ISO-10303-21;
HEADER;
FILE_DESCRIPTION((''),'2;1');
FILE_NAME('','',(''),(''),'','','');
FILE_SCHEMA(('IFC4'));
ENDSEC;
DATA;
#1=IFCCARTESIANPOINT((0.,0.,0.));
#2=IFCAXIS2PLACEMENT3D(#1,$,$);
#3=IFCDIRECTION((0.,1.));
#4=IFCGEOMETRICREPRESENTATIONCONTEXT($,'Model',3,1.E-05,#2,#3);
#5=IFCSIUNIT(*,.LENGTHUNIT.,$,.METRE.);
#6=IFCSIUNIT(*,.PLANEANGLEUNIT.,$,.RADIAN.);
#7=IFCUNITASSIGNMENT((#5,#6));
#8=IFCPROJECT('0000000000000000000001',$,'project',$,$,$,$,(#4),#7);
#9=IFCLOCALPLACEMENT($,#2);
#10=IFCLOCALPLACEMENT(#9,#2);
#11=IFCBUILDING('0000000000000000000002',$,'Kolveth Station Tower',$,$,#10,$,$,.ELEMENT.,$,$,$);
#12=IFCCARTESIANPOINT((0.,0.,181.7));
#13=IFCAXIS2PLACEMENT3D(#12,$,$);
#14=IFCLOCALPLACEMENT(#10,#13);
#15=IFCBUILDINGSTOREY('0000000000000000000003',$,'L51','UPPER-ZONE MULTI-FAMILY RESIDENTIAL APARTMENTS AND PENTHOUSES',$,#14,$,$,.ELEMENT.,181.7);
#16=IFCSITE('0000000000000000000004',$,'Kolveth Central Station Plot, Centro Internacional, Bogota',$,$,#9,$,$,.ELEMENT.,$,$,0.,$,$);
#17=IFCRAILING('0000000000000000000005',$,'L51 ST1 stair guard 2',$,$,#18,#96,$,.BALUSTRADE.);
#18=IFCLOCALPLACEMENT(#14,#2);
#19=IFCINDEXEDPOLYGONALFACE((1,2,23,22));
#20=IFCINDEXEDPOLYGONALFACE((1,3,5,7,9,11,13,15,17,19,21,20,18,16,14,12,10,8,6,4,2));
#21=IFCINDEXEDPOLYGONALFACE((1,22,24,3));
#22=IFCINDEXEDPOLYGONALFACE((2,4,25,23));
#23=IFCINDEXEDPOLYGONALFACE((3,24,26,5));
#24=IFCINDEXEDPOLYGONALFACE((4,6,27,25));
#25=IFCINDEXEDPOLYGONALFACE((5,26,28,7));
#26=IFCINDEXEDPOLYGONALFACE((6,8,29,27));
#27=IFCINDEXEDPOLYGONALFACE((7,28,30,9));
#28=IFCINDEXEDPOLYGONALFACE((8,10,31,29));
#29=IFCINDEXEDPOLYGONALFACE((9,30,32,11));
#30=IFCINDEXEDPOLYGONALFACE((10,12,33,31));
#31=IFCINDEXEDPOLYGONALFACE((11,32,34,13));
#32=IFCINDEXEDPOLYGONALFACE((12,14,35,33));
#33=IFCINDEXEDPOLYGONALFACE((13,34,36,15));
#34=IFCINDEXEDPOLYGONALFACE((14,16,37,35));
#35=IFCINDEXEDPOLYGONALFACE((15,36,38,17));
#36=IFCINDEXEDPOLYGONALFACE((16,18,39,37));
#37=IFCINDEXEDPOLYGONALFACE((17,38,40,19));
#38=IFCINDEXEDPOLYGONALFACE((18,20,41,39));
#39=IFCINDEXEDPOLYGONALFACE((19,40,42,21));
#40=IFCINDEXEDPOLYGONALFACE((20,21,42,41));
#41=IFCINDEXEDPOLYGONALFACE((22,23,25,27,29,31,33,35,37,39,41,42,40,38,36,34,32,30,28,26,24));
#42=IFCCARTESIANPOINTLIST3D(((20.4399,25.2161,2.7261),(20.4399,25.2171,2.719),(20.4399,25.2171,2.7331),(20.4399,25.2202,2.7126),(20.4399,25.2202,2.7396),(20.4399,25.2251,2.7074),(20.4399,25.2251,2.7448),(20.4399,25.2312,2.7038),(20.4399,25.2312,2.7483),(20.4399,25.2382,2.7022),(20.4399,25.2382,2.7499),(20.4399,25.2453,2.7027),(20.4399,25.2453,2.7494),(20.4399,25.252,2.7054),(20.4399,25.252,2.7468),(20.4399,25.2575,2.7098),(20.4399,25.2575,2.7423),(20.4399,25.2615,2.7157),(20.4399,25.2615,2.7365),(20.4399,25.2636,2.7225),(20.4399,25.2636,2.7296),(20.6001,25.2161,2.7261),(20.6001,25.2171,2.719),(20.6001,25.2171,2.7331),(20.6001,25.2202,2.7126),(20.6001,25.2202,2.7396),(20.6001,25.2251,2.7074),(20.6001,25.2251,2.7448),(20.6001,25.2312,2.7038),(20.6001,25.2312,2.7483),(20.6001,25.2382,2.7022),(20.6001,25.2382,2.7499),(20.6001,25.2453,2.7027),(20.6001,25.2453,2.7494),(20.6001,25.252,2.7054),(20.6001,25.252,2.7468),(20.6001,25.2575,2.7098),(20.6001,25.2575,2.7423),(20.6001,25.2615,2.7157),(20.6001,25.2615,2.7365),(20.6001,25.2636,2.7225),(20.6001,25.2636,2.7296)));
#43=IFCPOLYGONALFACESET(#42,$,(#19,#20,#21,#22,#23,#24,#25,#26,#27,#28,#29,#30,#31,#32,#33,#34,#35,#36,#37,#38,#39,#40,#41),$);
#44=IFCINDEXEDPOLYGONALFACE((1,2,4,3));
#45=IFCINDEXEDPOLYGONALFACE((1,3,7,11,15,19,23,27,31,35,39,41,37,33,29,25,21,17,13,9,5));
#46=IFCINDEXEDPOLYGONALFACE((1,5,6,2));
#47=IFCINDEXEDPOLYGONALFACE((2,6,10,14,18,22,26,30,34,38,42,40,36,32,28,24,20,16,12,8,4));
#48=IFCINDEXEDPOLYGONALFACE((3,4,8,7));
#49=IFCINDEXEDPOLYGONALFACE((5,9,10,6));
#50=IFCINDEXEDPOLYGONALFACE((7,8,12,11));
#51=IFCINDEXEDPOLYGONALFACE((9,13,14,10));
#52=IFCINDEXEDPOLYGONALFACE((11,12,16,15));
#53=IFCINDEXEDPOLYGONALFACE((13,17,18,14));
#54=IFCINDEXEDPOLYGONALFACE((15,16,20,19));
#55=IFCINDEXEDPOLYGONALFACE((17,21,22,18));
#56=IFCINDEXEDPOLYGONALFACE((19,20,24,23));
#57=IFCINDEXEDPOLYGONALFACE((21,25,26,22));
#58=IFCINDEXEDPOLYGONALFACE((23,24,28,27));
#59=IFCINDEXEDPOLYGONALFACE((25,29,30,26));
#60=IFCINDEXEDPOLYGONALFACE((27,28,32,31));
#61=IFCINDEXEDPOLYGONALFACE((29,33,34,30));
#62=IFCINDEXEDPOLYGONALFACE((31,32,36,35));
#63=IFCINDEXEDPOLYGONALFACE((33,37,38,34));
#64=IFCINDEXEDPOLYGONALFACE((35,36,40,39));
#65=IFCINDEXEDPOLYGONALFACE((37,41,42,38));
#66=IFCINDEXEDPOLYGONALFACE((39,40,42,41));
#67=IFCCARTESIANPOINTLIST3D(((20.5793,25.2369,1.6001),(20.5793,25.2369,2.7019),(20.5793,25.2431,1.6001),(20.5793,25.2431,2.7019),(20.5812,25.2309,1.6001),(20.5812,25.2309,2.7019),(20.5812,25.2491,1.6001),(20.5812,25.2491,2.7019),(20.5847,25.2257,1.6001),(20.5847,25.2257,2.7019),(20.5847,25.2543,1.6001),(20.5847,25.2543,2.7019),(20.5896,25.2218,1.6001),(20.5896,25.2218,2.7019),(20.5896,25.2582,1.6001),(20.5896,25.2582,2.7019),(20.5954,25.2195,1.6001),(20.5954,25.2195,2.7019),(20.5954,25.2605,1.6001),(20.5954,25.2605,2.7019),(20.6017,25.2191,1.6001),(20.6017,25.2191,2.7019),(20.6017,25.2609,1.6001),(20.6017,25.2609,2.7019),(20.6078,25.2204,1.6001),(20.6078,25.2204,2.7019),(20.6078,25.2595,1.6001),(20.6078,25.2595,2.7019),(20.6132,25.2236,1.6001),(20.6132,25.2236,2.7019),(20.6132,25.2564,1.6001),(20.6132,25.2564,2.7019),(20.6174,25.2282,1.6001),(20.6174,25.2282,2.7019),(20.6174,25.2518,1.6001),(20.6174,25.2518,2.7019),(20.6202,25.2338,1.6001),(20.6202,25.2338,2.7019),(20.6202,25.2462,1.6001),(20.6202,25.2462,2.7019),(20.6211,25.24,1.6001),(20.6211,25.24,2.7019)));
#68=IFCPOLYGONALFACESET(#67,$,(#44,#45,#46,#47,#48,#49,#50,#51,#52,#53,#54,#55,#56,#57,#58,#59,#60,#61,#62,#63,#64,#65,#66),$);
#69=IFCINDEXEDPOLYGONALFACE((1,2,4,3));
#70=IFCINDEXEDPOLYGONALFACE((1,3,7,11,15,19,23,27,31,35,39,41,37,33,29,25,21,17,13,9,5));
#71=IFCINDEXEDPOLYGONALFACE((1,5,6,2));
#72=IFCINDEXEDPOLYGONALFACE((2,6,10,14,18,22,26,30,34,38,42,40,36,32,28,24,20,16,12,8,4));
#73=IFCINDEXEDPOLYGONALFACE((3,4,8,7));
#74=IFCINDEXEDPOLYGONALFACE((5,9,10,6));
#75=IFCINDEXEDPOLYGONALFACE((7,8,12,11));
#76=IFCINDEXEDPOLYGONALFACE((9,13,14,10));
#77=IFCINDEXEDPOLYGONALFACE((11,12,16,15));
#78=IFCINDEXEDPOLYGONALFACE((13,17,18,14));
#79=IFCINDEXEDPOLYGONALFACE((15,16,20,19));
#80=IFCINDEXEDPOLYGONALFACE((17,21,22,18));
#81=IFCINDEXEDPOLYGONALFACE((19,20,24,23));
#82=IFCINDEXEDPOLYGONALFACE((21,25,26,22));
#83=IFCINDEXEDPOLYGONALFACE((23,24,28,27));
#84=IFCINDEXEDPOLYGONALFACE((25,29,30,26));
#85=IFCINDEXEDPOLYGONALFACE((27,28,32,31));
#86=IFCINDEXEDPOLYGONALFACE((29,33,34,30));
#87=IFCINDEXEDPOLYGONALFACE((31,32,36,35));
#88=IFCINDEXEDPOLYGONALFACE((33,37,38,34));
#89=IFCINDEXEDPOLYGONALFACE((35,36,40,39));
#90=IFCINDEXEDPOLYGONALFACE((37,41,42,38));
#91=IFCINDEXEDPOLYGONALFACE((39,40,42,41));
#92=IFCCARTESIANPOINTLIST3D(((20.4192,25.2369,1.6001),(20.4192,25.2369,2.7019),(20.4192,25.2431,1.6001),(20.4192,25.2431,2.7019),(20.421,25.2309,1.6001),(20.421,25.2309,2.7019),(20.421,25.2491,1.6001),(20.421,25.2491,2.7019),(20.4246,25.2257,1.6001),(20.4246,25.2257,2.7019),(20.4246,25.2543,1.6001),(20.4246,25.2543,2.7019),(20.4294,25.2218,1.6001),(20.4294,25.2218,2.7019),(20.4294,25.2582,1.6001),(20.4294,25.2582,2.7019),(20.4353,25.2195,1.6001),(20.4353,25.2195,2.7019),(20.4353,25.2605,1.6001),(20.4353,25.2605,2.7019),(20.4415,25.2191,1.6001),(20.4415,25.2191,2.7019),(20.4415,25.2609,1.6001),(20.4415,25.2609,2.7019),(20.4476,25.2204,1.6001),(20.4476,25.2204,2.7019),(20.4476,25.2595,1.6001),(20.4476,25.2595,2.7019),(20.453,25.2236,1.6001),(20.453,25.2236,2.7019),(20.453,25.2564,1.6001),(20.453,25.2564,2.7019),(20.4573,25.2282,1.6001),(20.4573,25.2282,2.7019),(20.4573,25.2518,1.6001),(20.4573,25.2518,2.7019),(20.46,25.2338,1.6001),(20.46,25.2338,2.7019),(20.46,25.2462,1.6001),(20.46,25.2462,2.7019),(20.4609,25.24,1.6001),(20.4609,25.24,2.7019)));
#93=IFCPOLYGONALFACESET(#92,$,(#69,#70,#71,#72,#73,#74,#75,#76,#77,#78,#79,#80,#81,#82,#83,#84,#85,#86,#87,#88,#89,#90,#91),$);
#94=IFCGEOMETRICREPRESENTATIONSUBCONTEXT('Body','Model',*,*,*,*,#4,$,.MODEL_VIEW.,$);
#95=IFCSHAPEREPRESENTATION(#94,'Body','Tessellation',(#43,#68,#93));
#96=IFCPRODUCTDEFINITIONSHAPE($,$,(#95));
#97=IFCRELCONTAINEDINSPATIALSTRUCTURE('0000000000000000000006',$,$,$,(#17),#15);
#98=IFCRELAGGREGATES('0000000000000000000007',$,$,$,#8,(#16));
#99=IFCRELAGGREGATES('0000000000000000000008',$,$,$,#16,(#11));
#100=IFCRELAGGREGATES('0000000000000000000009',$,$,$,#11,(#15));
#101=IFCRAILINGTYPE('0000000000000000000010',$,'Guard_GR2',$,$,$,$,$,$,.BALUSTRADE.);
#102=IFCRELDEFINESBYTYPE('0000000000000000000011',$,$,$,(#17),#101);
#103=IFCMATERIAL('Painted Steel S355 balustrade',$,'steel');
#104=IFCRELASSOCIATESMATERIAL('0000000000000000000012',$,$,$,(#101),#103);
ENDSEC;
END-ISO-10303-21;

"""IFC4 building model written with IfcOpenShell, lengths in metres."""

from ifc_helpers import new_model, si_unit, direction, frame, origin, origin_2d, place, context, subcontext, project, spatial, circle, extrude, material, type_object, element, save


model = new_model("IFC4")

# Units and contexts
model_context = context("Model", 3, precision=1e-05, world=origin(), true_north=direction((0.0, 1.0)))
body_context = subcontext(model_context, "Body", "Model", "MODEL_VIEW")
ifc_project = project(units=[si_unit("LENGTHUNIT", "METRE"), si_unit("PLANEANGLEUNIT", "RADIAN")], contexts=[model_context])

# Site, building, storey
site_placement = place(None, origin())
site = spatial("IfcSite", under=ifc_project, at=site_placement, Name="Kolveth Central Station Plot, Centro Internacional, Bogota", CompositionType="ELEMENT", RefElevation=0.0)
building_placement = place(site_placement, origin())
building = spatial("IfcBuilding", under=site, at=building_placement, Name="Kolveth Station Tower", CompositionType="ELEMENT")
storey_placement = place(building_placement, frame((0.0, 0.0, 181.7)))
storey = spatial("IfcBuildingStorey", under=building, at=storey_placement, Name="L51", Description="UPPER-ZONE MULTI-FAMILY RESIDENTIAL APARTMENTS AND PENTHOUSES", CompositionType="ELEMENT", Elevation=181.7)

# Railing
ifc_material_1 = material(Name="Painted Steel S355 balustrade", Category="steel")
railing_type_1 = type_object("IfcRailingType", Name="Guard_GR2", PredefinedType="BALUSTRADE", material=ifc_material_1)
railing_1_placement = place(storey_placement, frame((20.6001, 25.24, 1.6001)))
element("IfcRailing", 1, at=railing_1_placement, inside=storey, type_object=railing_type_1, Name="L51 ST1 stair guard 2", PredefinedType="BALUSTRADE", context=body_context, shape_type="SweptSolid", body=[
    extrude(circle(Radius=0.0239, at=origin_2d()), frame((0.0, 0.0, 1.126), z_axis=(-1.0, 0.0, 0.0), x_axis=(0.0, -1.0, 0.0)), (0.0, 0.0, 1.0), 0.1602),
    extrude(circle(Radius=0.021, at=origin_2d()), origin(), (0.0, 0.0, 1.0), 1.1018),
    extrude(circle(Radius=0.021, at=origin_2d()), frame((-0.1602, 0.0, 0.0)), (0.0, 0.0, 1.0), 1.1018),
])

save(model, "model.ifc")
